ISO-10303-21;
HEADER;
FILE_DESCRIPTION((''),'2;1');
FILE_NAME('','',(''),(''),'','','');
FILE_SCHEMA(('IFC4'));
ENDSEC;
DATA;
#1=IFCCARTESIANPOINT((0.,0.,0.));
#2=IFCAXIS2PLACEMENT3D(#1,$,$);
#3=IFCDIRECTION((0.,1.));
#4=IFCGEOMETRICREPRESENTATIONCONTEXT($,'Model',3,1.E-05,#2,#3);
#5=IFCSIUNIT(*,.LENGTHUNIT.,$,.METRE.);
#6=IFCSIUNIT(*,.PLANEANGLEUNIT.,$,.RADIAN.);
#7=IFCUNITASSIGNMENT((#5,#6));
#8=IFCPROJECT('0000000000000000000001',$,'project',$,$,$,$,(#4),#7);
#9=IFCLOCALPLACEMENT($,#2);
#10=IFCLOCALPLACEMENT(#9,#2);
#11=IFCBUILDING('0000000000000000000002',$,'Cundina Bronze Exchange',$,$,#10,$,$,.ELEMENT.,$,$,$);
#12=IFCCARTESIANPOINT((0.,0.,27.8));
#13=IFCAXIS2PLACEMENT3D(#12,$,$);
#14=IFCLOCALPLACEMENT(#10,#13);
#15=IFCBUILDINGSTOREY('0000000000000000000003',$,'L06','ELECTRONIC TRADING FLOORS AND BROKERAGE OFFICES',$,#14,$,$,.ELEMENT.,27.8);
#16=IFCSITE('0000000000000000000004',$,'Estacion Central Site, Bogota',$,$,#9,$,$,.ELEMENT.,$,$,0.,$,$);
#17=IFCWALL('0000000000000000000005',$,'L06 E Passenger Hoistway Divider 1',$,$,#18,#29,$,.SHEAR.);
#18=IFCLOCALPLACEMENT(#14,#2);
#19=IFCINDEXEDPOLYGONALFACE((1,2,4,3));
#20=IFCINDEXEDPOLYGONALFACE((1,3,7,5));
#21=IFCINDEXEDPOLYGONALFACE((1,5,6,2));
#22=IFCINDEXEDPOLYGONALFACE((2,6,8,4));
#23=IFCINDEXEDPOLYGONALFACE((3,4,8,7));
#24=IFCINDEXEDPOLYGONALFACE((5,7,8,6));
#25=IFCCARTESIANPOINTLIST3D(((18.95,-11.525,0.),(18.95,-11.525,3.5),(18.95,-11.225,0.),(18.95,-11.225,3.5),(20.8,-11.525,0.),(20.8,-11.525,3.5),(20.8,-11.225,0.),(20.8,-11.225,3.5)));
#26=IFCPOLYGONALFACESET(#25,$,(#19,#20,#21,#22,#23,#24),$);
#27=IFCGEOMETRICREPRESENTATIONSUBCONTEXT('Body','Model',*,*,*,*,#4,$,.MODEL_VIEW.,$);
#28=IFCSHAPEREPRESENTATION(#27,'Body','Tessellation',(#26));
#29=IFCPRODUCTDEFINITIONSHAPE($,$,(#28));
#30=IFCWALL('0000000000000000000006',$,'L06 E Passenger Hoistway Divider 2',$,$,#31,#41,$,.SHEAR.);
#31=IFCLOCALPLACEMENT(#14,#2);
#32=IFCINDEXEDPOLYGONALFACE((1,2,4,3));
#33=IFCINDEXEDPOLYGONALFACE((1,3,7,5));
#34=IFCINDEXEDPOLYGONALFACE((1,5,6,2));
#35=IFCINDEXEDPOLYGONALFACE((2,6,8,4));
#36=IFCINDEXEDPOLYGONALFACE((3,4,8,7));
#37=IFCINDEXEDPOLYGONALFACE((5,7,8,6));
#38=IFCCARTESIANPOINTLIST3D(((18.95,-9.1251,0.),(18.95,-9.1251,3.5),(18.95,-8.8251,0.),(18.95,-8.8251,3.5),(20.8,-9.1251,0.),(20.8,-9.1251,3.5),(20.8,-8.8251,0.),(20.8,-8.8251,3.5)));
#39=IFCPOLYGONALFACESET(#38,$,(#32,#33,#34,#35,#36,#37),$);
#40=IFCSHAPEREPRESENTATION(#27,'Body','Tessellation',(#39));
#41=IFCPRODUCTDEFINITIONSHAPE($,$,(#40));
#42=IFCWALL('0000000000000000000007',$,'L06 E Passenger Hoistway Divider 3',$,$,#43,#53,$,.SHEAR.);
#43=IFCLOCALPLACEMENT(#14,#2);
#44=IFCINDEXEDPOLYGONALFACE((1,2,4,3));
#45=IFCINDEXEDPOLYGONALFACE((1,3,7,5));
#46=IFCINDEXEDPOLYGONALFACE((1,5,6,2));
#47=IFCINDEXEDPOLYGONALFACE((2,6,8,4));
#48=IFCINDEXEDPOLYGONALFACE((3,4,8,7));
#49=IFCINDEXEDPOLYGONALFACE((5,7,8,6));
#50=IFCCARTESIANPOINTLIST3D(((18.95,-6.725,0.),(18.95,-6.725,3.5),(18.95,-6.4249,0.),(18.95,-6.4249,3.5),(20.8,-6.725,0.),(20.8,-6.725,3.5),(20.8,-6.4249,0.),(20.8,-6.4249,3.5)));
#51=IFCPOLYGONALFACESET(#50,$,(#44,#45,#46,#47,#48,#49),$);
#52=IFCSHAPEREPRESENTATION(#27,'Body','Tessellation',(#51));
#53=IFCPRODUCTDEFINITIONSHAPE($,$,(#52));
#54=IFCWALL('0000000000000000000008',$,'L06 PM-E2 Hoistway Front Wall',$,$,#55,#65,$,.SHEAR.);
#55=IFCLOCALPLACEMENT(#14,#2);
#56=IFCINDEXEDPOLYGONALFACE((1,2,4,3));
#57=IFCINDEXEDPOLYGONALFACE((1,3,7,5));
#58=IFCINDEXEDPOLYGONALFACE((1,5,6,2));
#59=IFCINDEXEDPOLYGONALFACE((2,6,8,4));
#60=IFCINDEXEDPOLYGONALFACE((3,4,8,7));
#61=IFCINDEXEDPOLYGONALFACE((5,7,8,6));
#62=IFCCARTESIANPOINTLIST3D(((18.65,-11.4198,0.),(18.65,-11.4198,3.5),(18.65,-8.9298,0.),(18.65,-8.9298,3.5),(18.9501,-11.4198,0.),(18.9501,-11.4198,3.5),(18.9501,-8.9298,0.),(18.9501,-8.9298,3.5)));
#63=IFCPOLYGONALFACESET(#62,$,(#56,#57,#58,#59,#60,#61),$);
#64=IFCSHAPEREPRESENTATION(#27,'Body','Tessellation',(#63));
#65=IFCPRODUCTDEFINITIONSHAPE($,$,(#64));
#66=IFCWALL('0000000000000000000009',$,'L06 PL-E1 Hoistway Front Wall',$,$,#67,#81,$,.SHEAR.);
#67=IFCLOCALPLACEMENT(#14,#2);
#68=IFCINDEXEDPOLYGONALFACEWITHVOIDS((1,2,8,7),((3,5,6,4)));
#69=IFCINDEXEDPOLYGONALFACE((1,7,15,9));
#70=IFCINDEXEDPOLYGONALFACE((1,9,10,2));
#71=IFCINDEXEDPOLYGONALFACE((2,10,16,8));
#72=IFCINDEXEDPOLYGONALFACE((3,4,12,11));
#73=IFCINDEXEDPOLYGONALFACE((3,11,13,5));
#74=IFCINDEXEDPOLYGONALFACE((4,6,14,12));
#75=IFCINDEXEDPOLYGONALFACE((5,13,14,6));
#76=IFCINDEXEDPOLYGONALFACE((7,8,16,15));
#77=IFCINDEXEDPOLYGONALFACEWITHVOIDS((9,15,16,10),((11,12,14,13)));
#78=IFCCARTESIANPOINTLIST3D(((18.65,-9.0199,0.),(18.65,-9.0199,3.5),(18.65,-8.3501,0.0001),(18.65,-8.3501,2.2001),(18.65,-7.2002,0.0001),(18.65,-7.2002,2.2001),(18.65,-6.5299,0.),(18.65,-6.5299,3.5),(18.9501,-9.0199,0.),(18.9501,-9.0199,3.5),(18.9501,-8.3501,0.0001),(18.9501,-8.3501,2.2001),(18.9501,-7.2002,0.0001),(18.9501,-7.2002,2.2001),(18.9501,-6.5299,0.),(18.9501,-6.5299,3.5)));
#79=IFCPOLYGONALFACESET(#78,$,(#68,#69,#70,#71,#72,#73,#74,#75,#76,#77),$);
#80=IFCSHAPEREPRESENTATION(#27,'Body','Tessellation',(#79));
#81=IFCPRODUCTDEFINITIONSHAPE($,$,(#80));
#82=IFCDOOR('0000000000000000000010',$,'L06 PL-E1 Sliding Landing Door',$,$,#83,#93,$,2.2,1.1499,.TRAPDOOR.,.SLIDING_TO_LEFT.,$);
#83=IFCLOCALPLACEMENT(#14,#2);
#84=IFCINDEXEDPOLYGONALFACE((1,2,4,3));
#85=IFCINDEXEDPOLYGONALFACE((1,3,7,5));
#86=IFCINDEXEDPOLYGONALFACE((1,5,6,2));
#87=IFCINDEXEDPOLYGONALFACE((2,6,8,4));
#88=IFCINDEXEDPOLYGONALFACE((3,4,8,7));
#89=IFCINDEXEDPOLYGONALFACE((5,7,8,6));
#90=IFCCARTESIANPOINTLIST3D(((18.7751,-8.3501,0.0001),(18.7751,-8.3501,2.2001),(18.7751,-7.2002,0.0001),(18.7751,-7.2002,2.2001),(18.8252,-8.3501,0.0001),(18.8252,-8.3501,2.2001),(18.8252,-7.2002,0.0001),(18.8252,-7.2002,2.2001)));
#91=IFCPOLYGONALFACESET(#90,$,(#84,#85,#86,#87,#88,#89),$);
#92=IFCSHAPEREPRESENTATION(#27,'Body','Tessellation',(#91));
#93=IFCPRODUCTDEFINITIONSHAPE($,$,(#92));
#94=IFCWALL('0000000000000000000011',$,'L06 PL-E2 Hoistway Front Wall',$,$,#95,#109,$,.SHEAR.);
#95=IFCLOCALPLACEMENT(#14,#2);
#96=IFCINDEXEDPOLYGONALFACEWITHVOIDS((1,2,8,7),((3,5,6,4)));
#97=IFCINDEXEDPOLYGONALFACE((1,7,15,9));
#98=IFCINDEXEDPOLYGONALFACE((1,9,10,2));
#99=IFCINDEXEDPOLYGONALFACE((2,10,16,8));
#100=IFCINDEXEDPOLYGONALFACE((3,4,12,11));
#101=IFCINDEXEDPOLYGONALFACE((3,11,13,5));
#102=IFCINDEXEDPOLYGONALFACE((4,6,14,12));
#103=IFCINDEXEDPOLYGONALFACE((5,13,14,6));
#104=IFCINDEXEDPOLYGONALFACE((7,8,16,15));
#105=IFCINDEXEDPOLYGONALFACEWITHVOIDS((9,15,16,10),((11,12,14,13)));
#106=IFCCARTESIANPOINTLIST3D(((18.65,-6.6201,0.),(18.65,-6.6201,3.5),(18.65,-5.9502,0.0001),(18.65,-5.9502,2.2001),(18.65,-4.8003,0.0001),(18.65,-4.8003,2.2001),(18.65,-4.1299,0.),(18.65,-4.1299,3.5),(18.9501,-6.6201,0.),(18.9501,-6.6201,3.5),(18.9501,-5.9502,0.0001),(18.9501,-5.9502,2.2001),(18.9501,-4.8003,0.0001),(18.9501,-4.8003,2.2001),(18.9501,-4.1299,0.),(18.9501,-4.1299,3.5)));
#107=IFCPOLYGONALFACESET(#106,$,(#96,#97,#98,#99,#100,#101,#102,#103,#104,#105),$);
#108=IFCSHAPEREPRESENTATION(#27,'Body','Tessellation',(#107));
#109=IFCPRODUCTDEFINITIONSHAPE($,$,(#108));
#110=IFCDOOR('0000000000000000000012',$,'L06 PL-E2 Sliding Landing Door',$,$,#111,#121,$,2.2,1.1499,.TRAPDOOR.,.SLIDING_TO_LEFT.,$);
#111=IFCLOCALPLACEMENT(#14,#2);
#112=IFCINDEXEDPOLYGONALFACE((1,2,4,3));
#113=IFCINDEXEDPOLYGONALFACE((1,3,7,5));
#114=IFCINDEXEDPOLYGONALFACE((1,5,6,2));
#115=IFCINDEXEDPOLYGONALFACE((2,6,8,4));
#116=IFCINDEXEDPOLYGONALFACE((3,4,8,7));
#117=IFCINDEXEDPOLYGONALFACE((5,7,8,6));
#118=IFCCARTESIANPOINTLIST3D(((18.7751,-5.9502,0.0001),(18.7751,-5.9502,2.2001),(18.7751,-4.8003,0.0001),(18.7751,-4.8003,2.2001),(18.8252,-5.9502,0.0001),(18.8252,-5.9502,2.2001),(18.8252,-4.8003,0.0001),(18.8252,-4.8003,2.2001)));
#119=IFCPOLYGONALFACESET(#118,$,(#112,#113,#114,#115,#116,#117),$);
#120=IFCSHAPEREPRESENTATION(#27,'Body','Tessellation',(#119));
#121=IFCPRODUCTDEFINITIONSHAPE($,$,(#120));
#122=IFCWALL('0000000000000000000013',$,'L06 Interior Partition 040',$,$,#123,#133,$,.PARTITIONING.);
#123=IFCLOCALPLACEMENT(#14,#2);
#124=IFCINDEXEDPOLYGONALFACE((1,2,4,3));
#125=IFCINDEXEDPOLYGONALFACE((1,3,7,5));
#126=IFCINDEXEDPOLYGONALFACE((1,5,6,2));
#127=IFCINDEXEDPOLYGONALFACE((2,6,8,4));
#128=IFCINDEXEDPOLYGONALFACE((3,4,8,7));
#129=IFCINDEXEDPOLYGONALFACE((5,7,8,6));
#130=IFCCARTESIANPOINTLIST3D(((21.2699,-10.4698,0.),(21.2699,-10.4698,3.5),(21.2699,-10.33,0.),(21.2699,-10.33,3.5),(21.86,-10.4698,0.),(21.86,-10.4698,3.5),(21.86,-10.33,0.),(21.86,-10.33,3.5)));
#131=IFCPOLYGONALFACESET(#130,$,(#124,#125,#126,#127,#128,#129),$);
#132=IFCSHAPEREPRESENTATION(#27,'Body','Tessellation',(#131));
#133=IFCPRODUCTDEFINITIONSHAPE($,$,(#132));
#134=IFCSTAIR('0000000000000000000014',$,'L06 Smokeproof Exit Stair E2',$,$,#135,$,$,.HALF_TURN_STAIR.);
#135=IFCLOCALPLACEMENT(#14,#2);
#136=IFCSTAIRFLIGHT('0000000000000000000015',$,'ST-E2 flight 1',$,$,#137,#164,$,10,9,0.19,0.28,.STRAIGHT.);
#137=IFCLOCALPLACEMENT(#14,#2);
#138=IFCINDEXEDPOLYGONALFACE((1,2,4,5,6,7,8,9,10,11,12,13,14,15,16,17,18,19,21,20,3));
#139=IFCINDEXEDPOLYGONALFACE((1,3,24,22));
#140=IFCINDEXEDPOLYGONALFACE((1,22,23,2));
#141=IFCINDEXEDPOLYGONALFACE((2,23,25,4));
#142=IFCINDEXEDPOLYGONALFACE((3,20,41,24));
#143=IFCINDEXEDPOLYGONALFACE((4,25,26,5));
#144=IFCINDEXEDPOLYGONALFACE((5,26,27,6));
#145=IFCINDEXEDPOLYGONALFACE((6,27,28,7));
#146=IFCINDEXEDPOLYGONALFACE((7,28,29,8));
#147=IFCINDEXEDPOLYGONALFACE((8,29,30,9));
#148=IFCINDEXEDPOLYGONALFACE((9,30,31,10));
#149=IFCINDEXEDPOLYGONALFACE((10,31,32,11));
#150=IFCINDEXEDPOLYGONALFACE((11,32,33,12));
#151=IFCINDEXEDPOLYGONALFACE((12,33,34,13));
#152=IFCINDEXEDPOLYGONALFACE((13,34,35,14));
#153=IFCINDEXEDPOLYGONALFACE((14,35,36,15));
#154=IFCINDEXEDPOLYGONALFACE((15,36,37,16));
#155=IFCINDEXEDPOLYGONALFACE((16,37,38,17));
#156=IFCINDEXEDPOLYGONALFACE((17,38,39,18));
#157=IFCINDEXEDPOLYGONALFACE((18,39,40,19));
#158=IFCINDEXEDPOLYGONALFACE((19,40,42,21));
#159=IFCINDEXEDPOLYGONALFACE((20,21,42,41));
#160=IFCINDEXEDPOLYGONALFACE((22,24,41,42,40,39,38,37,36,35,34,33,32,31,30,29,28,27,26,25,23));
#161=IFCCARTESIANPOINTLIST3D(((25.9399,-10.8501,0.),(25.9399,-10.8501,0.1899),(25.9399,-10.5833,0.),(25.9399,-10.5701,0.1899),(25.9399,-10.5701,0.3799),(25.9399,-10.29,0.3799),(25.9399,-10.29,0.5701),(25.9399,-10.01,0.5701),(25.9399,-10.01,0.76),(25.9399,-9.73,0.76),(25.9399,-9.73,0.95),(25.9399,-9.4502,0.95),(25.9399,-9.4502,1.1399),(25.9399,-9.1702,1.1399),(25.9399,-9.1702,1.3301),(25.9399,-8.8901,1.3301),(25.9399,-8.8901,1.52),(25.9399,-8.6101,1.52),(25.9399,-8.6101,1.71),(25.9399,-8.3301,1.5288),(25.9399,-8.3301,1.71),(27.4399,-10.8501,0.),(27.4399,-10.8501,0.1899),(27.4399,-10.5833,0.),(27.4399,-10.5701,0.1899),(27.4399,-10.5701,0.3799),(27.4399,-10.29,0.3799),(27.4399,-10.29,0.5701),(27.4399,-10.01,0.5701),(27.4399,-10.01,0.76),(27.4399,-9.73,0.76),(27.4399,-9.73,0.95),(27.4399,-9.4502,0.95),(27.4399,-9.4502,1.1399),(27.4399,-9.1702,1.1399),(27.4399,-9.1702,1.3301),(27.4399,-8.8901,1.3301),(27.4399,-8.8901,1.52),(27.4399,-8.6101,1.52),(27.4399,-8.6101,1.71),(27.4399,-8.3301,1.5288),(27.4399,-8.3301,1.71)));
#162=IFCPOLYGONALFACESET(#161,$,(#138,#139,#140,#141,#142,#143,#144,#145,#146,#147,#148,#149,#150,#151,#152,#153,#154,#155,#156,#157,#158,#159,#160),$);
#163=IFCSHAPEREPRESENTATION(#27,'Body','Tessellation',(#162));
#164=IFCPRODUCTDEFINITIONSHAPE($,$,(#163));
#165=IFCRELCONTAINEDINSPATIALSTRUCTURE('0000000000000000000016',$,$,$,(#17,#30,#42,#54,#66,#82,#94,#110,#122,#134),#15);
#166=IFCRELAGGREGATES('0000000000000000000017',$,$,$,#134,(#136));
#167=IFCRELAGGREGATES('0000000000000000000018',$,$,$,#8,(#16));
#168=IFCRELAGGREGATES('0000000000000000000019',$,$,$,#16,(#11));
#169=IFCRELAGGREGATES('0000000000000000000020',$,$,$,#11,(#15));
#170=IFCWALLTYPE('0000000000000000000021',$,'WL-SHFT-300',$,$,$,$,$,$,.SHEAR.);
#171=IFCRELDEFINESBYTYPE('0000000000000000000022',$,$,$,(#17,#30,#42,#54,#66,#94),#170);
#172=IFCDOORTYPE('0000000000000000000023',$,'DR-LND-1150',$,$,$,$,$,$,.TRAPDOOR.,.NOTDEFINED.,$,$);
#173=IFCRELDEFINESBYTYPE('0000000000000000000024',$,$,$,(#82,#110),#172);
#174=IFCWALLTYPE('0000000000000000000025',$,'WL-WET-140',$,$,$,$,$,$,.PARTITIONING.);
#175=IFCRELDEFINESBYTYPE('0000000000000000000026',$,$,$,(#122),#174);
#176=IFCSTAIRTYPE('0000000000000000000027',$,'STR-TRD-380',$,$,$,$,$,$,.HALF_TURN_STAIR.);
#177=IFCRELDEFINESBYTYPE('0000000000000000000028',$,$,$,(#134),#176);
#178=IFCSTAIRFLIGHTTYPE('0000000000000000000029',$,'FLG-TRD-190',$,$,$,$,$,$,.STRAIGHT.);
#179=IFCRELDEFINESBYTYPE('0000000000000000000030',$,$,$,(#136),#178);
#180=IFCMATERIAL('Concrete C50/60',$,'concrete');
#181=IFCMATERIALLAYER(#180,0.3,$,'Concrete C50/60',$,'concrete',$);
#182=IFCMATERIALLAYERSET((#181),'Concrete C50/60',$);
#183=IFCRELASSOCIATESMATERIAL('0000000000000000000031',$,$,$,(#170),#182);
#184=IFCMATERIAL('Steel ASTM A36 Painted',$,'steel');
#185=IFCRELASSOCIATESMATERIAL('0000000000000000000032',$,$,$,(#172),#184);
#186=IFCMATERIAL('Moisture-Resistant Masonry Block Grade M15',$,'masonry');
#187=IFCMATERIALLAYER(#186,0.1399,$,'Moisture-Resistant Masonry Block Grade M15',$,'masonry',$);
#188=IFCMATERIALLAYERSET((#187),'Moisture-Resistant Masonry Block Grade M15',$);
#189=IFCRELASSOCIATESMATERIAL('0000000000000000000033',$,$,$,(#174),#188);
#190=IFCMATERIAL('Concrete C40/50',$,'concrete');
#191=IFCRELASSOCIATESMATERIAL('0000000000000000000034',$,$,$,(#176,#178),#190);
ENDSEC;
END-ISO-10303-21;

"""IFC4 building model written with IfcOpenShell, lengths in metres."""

from ifc_helpers import new_model, si_unit, direction, frame, frame_2d, origin, place, context, subcontext, project, spatial, polyline, rectangle, outline, extrude, material, layer, layer_set, type_object, element, fill, aggregate, save


model = new_model("IFC4")

# Units and contexts
model_context = context("Model", 3, precision=1e-05, world=origin(), true_north=direction((0.0, 1.0)))
body_context = subcontext(model_context, "Body", "Model", "MODEL_VIEW")
ifc_project = project(units=[si_unit("LENGTHUNIT", "METRE"), si_unit("PLANEANGLEUNIT", "RADIAN")], contexts=[model_context])

# Site, building, storey
site_placement = place(None, origin())
site = spatial("IfcSite", under=ifc_project, at=site_placement, Name="Estacion Central Site, Bogota", CompositionType="ELEMENT", RefElevation=0.0)
building_placement = place(site_placement, origin())
building = spatial("IfcBuilding", under=site, at=building_placement, Name="Cundina Bronze Exchange", CompositionType="ELEMENT")
storey_placement = place(building_placement, frame((0.0, 0.0, 27.8)))
storey = spatial("IfcBuildingStorey", under=building, at=storey_placement, Name="L06", Description="ELECTRONIC TRADING FLOORS AND BROKERAGE OFFICES", CompositionType="ELEMENT", Elevation=27.8)

# Shared definitions
ifc_material_1 = material(Name="Concrete C50/60", Category="concrete")
ifc_layer_1 = layer(ifc_material_1, 0.3, Name="Concrete C50/60", Category="concrete")
ifc_layer_set_1 = layer_set([ifc_layer_1], Name="Concrete C50/60")
wall_type_1 = type_object("IfcWallType", Name="WL-SHFT-300", PredefinedType="SHEAR", material=ifc_layer_set_1)

# Shared definitions
ifc_material_2 = material(Name="Steel ASTM A36 Painted", Category="steel")
door_type_1 = type_object("IfcDoorType", Name="DR-LND-1150", OperationType="NOTDEFINED", PredefinedType="TRAPDOOR", material=ifc_material_2)

# Walls
for number, where, z_axis, x_axis, name in (
    (1, (18.95, -11.375, 0.0), (0.0, 0.0, 1.0), (1.0, 0.0, 0.0), "L06 E Passenger Hoistway Divider 1"),
    (2, (18.95, -8.9751, 0.0), (0.0, 0.0, 1.0), (1.0, 0.0, 0.0), "L06 E Passenger Hoistway Divider 2"),
    (3, (18.95, -6.575, 0.0), (0.0, 0.0, 1.0), (1.0, 0.0, 0.0), "L06 E Passenger Hoistway Divider 3"),
):
    element("IfcWall", number, at=place(storey_placement, frame(where, z_axis=z_axis, x_axis=x_axis)), inside=storey, type_object=wall_type_1, Name=name, PredefinedType="SHEAR", context=body_context, shape_type="SweptSolid", body=[
        extrude(rectangle(XDim=1.8501, YDim=0.3, at=frame_2d((0.925, 0.0))), origin(), (0.0, 0.0, 1.0), 3.5),
    ])
wall_1_placement = place(storey_placement, frame((18.8, -11.4199, 0.0), z_axis=(0.0, 0.0, 1.0), x_axis=(0.0, 1.0, 0.0)))
element("IfcWall", 4, at=wall_1_placement, inside=storey, type_object=wall_type_1, Name="L06 PM-E2 Hoistway Front Wall", PredefinedType="SHEAR", context=body_context, shape_type="SweptSolid", body=[
    extrude(rectangle(XDim=2.49, YDim=0.3, at=frame_2d((1.2451, 0.0))), origin(), (0.0, 0.0, 1.0), 3.5),
])

# Walls, openings, doors
wall_2_placement = place(storey_placement, frame((18.8, -9.02, 0.0), z_axis=(0.0, 0.0, 1.0), x_axis=(0.0, 1.0, 0.0)))
wall_2 = element("IfcWall", 5, at=wall_2_placement, inside=storey, type_object=wall_type_1, Name="L06 PL-E1 Hoistway Front Wall", PredefinedType="SHEAR", context=body_context, shape_type="SweptSolid", body=[
    extrude(rectangle(XDim=2.49, YDim=0.3, at=frame_2d((1.2451, 0.0))), origin(), (0.0, 0.0, 1.0), 3.5),
])
opening_1_placement = place(wall_2_placement, frame((0.6699, 0.0, 0.0)))
opening_1 = element("IfcOpeningElement", 6, at=opening_1_placement, cuts=wall_2, PredefinedType="OPENING", context=body_context, shape_type="SweptSolid", body=[
    extrude(rectangle(XDim=1.1499, YDim=2.2, at=frame_2d((0.575, 1.1001))), frame((0.0, 0.1599, 0.0), z_axis=(0.0, -1.0, 0.0), x_axis=(1.0, 0.0, 0.0)), (0.0, 0.0, 1.0), 0.3201),
])
door_1_placement = place(opening_1_placement, origin())
door_1 = element("IfcDoor", 7, at=door_1_placement, inside=storey, type_object=door_type_1, Name="L06 PL-E1 Sliding Landing Door", OperationType="SLIDING_TO_LEFT", OverallHeight=2.2, OverallWidth=1.1499, PredefinedType="TRAPDOOR", context=body_context, shape_type="SweptSolid", body=[
    extrude(rectangle(XDim=1.1499, YDim=2.2, at=frame_2d((0.575, 1.1001))), frame((0.0, 0.0249, 0.0), z_axis=(0.0, -1.0, 0.0), x_axis=(1.0, 0.0, 0.0)), (0.0, 0.0, 1.0), 0.05),
])
fill(opening_1, door_1)
wall_3_placement = place(storey_placement, frame((18.8, -6.6201, 0.0), z_axis=(0.0, 0.0, 1.0), x_axis=(0.0, 1.0, 0.0)))
wall_3 = element("IfcWall", 8, at=wall_3_placement, inside=storey, type_object=wall_type_1, Name="L06 PL-E2 Hoistway Front Wall", PredefinedType="SHEAR", context=body_context, shape_type="SweptSolid", body=[
    extrude(rectangle(XDim=2.4902, YDim=0.3, at=frame_2d((1.2451, 0.0))), origin(), (0.0, 0.0, 1.0), 3.5),
])
opening_2_placement = place(wall_3_placement, frame((0.6699, 0.0, 0.0)))
opening_2 = element("IfcOpeningElement", 9, at=opening_2_placement, cuts=wall_3, PredefinedType="OPENING", context=body_context, shape_type="SweptSolid", body=[
    extrude(rectangle(XDim=1.1499, YDim=2.2, at=frame_2d((0.575, 1.1001))), frame((0.0, 0.1599, 0.0), z_axis=(0.0, -1.0, 0.0), x_axis=(1.0, 0.0, 0.0)), (0.0, 0.0, 1.0), 0.3201),
])
door_2_placement = place(opening_2_placement, origin())
door_2 = element("IfcDoor", 10, at=door_2_placement, inside=storey, type_object=door_type_1, Name="L06 PL-E2 Sliding Landing Door", OperationType="SLIDING_TO_LEFT", OverallHeight=2.2, OverallWidth=1.1499, PredefinedType="TRAPDOOR", context=body_context, shape_type="SweptSolid", body=[
    extrude(rectangle(XDim=1.1499, YDim=2.2, at=frame_2d((0.575, 1.1001))), frame((0.0, 0.0249, 0.0), z_axis=(0.0, -1.0, 0.0), x_axis=(1.0, 0.0, 0.0)), (0.0, 0.0, 1.0), 0.05),
])
fill(opening_2, door_2)

# Wall
ifc_material_3 = material(Name="Moisture-Resistant Masonry Block Grade M15", Category="masonry")
ifc_layer_2 = layer(ifc_material_3, 0.1399, Name="Moisture-Resistant Masonry Block Grade M15", Category="masonry")
ifc_layer_set_2 = layer_set([ifc_layer_2], Name="Moisture-Resistant Masonry Block Grade M15")
wall_type_2 = type_object("IfcWallType", Name="WL-WET-140", PredefinedType="PARTITIONING", material=ifc_layer_set_2)
wall_4_placement = place(storey_placement, frame((21.27, -10.3999, 0.0), z_axis=(0.0, 0.0, 1.0), x_axis=(1.0, 0.0, 0.0)))
element("IfcWall", 11, at=wall_4_placement, inside=storey, type_object=wall_type_2, Name="L06 Interior Partition 040", PredefinedType="PARTITIONING", context=body_context, shape_type="SweptSolid", body=[
    extrude(rectangle(XDim=0.5901, YDim=0.1399, at=frame_2d((0.2949, 0.0))), origin(), (0.0, 0.0, 1.0), 3.5),
])

# Stair, stair flight
ifc_material_4 = material(Name="Concrete C40/50", Category="concrete")
stair_type = type_object("IfcStairType", Name="STR-TRD-380", PredefinedType="HALF_TURN_STAIR", material=ifc_material_4)
stair_placement = place(storey_placement, origin())
stair = element("IfcStair", 12, at=stair_placement, inside=storey, type_object=stair_type, Name="L06 Smokeproof Exit Stair E2", PredefinedType="HALF_TURN_STAIR")
stair_flight_type = type_object("IfcStairFlightType", Name="FLG-TRD-190", PredefinedType="STRAIGHT", material=ifc_material_4)
stair_flight_1_placement = place(storey_placement, frame((26.6899, -10.8501, 0.0), z_axis=(0.0, 0.0, 1.0), x_axis=(0.0, 1.0, 0.0)))
stair_flight_1 = element("IfcStairFlight", 13, at=stair_flight_1_placement, type_object=stair_flight_type, Name="ST-E2 flight 1", NumberOfRisers=10, NumberOfTreads=9, PredefinedType="STRAIGHT", RiserHeight=0.19, TreadLength=0.28, context=body_context, shape_type="SweptSolid", body=[
    extrude(outline(polyline([(0.0, 0.0), (0.0, 0.1899), (0.28, 0.1899), (0.28, 0.3799), (0.5601, 0.3799), (0.5601, 0.5701), (0.8401, 0.5701), (0.8401, 0.76), (1.1201, 0.76), (1.1201, 0.95), (1.3999, 0.95), (1.3999, 1.1399), (1.6799, 1.1399), (1.6799, 1.3301), (1.96, 1.3301), (1.96, 1.52), (2.24, 1.52), (2.24, 1.71), (2.52, 1.71), (2.52, 1.8999), (2.52, 1.5288), (0.2668, 0.0), (0.0, 0.0)])), frame((0.0, 0.75, 0.0), z_axis=(0.0, -1.0, 0.0), x_axis=(1.0, 0.0, 0.0)), (0.0, 0.0, 1.0), 1.5),
])
aggregate(stair, [stair_flight_1])

save(model, "model.ifc")
